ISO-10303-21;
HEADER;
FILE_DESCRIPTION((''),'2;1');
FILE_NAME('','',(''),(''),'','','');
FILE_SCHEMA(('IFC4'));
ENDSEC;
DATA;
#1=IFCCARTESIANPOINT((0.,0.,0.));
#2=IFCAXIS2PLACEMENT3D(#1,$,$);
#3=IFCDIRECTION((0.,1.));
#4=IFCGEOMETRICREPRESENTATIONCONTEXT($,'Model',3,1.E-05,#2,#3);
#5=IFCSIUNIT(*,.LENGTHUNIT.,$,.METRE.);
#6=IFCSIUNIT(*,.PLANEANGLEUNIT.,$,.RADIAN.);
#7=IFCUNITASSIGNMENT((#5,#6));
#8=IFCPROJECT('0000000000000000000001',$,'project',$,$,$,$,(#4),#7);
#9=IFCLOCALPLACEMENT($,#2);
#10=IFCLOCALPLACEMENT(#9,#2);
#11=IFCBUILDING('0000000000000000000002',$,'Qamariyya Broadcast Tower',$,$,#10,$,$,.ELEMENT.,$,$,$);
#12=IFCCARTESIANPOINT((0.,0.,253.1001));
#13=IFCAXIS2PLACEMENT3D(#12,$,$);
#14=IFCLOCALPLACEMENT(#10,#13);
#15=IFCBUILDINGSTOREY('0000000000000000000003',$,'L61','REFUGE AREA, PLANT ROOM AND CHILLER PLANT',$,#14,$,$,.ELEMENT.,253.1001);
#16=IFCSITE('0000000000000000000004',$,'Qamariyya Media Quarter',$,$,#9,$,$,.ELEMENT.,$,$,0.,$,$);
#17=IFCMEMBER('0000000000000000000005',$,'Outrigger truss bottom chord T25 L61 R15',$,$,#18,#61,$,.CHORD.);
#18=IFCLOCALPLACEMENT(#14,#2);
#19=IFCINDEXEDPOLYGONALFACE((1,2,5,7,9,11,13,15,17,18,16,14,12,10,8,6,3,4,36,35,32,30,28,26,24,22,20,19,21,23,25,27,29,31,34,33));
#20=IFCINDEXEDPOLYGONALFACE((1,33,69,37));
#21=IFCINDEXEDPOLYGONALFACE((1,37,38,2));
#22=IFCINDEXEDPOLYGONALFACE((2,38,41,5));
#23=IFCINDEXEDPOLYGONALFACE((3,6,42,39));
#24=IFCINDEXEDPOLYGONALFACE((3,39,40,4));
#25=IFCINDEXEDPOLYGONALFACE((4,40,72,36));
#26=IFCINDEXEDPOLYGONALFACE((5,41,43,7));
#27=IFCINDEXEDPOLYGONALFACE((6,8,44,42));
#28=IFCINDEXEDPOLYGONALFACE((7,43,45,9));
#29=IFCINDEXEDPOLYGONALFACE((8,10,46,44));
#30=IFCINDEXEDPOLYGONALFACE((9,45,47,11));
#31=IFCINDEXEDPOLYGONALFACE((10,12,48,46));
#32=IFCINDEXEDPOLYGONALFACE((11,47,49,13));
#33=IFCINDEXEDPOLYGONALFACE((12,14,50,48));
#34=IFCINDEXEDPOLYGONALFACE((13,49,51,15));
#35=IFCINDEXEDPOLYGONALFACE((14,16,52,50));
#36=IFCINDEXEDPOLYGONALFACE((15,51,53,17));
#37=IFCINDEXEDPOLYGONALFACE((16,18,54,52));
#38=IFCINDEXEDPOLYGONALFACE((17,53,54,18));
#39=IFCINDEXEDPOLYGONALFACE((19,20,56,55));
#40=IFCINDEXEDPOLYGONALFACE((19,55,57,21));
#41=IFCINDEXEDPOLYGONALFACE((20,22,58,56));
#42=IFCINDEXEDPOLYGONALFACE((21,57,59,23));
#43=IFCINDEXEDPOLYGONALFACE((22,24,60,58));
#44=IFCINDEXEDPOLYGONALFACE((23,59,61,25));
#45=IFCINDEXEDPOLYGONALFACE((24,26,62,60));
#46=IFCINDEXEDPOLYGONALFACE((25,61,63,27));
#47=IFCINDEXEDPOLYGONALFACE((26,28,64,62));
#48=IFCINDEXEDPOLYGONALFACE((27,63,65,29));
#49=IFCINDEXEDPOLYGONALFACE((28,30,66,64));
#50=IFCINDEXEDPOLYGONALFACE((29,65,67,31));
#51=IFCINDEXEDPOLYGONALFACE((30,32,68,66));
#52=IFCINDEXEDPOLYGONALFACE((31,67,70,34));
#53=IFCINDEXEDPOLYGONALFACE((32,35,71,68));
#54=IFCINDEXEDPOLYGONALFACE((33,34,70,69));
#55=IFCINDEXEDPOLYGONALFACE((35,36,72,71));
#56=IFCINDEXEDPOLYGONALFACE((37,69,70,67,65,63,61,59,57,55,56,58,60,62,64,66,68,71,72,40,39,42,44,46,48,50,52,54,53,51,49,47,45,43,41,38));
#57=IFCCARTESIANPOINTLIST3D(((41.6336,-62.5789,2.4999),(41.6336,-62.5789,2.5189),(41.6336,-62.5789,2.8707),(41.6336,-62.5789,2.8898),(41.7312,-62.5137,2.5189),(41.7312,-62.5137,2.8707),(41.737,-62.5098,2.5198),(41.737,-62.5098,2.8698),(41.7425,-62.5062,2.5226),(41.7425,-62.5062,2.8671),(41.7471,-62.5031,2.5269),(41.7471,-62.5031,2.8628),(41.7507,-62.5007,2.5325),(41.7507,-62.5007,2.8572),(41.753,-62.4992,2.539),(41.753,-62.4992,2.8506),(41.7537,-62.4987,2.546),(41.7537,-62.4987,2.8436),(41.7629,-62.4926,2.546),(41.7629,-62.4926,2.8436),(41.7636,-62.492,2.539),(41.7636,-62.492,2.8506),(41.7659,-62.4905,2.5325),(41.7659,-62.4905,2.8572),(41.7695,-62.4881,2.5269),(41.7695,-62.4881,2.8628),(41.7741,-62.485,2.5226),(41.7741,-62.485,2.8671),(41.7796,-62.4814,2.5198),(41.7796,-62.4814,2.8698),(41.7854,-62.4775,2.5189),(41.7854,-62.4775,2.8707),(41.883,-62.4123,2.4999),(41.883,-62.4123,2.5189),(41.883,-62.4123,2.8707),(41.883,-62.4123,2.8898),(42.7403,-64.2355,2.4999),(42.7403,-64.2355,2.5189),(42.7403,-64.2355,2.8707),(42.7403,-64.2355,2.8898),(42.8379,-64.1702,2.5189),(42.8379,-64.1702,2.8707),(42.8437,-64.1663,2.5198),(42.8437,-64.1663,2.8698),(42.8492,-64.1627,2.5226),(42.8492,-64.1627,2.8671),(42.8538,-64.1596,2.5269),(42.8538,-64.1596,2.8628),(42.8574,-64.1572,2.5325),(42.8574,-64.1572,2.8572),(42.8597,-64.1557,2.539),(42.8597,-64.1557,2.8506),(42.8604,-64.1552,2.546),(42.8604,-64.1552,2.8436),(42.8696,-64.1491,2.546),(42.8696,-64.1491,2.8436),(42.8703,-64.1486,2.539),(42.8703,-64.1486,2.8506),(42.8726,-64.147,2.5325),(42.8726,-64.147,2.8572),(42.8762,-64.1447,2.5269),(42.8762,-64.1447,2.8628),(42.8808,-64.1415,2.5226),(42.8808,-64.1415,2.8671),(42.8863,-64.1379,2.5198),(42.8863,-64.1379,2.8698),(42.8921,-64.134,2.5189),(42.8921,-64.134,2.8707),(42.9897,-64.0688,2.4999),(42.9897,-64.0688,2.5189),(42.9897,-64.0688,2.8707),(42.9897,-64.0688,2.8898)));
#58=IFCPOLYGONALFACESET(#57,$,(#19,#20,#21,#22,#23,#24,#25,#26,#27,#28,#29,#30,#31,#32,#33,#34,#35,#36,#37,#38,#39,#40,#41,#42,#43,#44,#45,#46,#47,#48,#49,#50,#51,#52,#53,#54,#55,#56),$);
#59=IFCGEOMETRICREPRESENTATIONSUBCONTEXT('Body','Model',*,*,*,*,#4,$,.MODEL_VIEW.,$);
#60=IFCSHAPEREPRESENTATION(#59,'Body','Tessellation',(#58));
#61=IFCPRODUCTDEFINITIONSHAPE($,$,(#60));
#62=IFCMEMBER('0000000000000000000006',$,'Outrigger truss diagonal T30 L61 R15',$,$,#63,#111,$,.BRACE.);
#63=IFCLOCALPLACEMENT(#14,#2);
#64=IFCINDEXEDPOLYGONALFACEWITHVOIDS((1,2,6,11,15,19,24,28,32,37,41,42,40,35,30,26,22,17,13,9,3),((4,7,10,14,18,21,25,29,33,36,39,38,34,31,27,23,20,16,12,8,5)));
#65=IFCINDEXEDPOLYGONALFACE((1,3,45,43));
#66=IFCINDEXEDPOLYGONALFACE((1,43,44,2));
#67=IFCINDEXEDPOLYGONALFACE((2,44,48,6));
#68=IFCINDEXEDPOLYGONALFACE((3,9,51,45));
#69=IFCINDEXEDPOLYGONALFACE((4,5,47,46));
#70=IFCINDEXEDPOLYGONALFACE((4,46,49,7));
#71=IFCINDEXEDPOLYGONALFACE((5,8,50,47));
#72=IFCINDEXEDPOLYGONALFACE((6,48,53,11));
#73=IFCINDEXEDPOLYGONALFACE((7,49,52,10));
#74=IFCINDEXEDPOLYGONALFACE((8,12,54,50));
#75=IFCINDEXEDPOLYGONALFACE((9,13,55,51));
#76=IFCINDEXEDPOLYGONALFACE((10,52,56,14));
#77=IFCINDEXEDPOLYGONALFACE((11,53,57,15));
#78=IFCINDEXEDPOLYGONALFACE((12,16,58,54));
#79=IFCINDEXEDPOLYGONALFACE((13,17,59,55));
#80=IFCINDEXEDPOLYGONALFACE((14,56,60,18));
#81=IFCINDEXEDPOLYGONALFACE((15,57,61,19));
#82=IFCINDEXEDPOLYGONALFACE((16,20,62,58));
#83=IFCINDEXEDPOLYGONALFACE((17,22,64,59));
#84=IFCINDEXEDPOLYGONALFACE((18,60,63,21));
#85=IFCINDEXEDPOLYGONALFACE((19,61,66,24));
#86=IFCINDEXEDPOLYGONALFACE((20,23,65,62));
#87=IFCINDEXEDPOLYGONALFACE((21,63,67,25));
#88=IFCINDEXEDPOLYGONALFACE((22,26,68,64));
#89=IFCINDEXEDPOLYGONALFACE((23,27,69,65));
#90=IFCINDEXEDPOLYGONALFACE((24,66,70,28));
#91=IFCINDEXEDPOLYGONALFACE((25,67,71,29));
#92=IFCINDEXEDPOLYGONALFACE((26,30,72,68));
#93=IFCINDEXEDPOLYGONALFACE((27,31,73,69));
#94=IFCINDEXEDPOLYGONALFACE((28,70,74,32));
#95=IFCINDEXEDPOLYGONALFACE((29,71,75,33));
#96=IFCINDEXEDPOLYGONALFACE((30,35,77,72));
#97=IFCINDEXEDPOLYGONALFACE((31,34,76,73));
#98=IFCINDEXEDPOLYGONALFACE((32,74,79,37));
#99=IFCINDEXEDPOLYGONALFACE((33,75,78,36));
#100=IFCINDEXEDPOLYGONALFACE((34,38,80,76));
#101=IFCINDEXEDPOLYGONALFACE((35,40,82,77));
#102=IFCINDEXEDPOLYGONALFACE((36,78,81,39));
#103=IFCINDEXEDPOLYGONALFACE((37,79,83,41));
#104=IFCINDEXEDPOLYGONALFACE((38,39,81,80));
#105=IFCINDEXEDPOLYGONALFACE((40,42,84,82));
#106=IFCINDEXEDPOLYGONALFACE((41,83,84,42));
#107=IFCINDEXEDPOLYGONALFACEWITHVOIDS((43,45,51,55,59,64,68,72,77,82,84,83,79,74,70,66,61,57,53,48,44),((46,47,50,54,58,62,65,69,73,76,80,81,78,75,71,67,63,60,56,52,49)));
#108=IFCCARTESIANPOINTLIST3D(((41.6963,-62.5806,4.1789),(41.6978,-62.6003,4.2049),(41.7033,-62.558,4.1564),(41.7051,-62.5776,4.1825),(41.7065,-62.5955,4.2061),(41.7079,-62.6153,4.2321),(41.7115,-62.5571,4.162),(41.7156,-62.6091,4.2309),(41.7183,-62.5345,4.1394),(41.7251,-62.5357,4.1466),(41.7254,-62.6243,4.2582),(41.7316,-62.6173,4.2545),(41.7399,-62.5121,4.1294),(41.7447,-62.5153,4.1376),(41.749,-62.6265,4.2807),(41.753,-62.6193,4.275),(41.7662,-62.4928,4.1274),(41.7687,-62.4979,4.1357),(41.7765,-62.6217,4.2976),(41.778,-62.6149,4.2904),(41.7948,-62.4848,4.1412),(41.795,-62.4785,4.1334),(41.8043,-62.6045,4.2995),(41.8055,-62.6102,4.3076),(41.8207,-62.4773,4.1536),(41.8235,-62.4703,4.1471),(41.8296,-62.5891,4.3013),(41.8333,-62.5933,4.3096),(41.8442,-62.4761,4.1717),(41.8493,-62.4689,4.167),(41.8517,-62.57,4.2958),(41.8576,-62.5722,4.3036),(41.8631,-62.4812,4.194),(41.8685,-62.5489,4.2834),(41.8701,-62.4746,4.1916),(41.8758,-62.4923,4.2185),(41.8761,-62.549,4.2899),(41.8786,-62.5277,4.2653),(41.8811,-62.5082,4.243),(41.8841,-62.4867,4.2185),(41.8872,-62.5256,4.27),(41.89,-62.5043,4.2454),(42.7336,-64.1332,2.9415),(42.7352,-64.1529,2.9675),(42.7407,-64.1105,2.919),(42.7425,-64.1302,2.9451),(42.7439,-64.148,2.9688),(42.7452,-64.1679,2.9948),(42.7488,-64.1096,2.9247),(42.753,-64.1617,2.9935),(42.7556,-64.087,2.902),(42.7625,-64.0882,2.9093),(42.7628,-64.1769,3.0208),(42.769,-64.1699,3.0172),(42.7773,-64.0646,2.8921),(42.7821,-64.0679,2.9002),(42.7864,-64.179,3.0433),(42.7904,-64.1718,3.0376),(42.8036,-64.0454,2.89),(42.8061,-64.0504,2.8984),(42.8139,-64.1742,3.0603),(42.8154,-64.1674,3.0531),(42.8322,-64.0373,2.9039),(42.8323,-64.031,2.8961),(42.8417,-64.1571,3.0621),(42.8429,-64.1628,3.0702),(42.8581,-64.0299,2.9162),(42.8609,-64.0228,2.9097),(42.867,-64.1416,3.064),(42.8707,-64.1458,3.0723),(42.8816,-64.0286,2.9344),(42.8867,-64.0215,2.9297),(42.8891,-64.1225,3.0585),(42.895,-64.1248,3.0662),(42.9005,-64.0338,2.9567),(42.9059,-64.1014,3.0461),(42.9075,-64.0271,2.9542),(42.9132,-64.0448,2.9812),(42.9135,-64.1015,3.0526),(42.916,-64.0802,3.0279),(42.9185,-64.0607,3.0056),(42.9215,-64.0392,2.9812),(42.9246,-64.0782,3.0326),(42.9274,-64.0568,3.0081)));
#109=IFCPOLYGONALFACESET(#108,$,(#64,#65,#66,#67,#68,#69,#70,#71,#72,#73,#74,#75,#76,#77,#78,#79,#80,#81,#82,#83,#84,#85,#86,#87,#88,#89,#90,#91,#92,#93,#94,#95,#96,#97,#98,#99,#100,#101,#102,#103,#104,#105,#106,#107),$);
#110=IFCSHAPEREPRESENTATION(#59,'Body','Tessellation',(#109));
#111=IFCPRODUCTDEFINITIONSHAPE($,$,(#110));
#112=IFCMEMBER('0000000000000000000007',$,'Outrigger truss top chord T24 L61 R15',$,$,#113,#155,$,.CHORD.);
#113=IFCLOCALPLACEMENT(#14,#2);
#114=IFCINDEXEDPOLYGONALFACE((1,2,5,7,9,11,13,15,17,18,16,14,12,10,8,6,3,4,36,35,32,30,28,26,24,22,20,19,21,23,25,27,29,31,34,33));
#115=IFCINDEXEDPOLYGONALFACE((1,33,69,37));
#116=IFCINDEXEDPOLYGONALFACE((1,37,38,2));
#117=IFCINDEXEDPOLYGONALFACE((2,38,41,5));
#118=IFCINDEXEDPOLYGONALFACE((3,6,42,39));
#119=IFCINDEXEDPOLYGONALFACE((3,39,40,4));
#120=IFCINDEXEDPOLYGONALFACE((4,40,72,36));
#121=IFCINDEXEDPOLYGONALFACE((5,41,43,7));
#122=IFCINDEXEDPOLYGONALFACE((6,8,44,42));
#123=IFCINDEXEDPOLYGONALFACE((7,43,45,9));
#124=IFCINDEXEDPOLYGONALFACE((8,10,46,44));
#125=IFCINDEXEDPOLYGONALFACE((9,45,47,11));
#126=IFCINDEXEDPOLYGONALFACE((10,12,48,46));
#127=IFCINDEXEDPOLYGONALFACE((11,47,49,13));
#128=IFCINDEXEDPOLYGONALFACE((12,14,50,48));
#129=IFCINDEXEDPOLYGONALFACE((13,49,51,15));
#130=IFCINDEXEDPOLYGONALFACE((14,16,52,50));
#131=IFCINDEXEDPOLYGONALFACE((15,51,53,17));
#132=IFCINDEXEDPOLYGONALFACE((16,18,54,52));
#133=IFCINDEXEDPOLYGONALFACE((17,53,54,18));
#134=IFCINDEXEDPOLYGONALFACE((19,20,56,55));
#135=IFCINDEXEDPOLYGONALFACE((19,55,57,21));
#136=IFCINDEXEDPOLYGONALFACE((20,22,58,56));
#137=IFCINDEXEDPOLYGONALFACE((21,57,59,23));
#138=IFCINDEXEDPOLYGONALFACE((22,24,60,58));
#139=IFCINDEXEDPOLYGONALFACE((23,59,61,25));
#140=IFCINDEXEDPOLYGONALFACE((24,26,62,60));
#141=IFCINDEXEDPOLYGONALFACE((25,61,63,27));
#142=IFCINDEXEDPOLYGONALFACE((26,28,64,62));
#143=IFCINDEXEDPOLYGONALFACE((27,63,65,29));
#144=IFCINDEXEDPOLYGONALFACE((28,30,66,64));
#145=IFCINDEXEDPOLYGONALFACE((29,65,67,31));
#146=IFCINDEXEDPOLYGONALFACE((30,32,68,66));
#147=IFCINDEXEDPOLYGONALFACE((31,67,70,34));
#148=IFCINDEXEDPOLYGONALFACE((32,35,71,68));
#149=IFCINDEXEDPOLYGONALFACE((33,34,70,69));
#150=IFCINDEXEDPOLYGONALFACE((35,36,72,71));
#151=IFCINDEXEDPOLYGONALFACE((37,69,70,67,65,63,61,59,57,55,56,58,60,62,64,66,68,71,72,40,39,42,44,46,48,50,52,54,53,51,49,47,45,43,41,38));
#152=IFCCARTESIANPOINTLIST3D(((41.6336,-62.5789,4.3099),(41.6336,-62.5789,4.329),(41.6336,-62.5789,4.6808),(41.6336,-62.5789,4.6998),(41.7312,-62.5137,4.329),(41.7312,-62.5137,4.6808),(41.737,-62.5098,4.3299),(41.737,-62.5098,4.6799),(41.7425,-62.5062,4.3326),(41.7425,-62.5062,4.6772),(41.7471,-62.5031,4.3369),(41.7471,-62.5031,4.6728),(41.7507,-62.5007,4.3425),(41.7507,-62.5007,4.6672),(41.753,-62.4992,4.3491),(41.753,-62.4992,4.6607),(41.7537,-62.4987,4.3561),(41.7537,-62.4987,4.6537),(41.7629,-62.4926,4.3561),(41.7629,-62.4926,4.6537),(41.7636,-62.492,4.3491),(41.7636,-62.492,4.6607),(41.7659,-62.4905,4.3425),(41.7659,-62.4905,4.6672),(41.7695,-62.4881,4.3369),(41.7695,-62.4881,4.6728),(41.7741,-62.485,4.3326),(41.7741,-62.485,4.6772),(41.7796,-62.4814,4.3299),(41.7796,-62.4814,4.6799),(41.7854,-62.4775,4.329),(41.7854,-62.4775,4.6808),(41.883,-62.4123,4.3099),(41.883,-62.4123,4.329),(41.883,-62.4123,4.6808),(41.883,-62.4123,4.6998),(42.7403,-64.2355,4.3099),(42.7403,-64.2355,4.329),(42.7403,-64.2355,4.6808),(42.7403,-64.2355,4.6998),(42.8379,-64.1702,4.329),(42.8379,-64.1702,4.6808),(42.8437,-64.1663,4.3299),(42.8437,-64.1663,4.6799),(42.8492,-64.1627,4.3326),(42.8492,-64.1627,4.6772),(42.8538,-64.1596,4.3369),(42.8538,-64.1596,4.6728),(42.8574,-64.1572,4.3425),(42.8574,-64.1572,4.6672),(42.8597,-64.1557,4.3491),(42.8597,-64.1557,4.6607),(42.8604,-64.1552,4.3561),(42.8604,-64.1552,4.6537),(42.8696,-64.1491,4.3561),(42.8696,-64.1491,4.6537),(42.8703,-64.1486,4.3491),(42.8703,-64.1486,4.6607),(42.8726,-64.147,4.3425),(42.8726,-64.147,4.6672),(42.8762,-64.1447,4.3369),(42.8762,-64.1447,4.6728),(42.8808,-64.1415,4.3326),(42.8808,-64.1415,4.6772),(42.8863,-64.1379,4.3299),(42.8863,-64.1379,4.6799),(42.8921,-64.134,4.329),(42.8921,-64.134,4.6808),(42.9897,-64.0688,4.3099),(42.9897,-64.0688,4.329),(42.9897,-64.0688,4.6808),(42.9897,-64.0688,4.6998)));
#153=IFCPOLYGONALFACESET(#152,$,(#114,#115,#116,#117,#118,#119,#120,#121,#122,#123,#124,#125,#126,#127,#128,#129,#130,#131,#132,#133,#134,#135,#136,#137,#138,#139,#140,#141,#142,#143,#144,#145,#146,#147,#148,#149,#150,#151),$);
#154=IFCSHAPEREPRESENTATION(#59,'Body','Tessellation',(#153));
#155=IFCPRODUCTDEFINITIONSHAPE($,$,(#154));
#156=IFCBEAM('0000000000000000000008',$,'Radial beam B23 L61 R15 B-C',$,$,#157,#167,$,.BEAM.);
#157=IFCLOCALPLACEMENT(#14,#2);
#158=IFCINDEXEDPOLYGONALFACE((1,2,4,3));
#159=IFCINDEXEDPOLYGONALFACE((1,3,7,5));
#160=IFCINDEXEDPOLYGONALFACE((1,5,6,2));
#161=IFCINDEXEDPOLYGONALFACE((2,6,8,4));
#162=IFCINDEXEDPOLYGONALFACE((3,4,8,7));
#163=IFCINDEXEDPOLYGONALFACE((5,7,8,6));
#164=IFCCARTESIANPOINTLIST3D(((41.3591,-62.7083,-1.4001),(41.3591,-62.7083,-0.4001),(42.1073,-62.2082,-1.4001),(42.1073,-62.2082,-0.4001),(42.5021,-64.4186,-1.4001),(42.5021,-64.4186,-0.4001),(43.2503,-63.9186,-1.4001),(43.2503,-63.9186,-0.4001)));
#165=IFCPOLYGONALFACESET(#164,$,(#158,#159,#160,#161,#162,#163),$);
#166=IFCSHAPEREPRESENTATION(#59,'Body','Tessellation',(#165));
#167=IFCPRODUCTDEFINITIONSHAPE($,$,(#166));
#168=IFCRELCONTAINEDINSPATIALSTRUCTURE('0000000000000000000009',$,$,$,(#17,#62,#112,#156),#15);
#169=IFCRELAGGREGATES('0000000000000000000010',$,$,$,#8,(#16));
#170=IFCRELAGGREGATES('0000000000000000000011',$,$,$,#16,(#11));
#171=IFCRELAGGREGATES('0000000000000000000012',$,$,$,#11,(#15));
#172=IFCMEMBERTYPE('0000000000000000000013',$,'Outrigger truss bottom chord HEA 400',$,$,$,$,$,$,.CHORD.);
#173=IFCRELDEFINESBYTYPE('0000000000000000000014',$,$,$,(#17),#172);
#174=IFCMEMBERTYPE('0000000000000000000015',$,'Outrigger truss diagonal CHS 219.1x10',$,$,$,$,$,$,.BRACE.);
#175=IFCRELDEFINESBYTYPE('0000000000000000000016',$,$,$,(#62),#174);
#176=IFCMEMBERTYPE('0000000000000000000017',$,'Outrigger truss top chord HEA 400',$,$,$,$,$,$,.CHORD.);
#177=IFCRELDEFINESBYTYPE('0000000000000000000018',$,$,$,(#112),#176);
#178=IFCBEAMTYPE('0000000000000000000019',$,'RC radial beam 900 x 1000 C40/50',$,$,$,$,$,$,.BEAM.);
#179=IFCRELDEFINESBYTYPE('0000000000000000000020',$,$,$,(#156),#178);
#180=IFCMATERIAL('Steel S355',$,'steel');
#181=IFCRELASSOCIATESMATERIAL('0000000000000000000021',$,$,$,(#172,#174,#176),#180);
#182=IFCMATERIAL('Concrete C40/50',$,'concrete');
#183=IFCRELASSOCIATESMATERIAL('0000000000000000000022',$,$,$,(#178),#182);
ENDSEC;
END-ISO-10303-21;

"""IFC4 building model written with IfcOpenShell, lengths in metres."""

from ifc_helpers import new_model, si_unit, direction, frame, origin, origin_2d, place, context, subcontext, project, spatial, rectangle, hollow_circle, i_section, extrude, material, material_profile, profile_set, type_object, element, save


model = new_model("IFC4")

# Units and contexts
model_context = context("Model", 3, precision=1e-05, world=origin(), true_north=direction((0.0, 1.0)))
body_context = subcontext(model_context, "Body", "Model", "MODEL_VIEW")
ifc_project = project(units=[si_unit("LENGTHUNIT", "METRE"), si_unit("PLANEANGLEUNIT", "RADIAN")], contexts=[model_context])

# Site, building, storey
site_placement = place(None, origin())
site = spatial("IfcSite", under=ifc_project, at=site_placement, Name="Qamariyya Media Quarter", CompositionType="ELEMENT", RefElevation=0.0)
building_placement = place(site_placement, origin())
building = spatial("IfcBuilding", under=site, at=building_placement, Name="Qamariyya Broadcast Tower", CompositionType="ELEMENT")
storey_placement = place(building_placement, frame((0.0, 0.0, 253.1001)))
storey = spatial("IfcBuildingStorey", under=building, at=storey_placement, Name="L61", Description="REFUGE AREA, PLANT ROOM AND CHILLER PLANT", CompositionType="ELEMENT", Elevation=253.1001)

# Members
ifc_material_1 = material(Name="Steel S355", Category="steel")
ifc_material_profile_1 = material_profile(ifc_material_1, i_section(OverallWidth=0.3, OverallDepth=0.3899, WebThickness=0.011, FlangeThickness=0.019, FilletRadius=0.0271, at=origin_2d()))
ifc_profile_set_1 = profile_set([ifc_material_profile_1], Name="Steel S355")
member_type_1 = type_object("IfcMemberType", Name="Outrigger truss bottom chord HEA 400", PredefinedType="CHORD", material=ifc_profile_set_1)
member_1_placement = place(storey_placement, frame((41.7583, -62.4956, 2.6948), z_axis=(0.55552, -0.831503, 0.0), x_axis=(0.831503, 0.55552, 0.0)))
element("IfcMember", 1, at=member_1_placement, inside=storey, type_object=member_type_1, Name="Outrigger truss bottom chord T25 L61 R15", PredefinedType="CHORD", context=body_context, shape_type="SweptSolid", body=[
    extrude(i_section(OverallWidth=0.3, OverallDepth=0.3899, WebThickness=0.011, FlangeThickness=0.019, FilletRadius=0.0271, at=origin_2d()), origin(), (0.0, 0.0, 1.0), 1.9922),
])
ifc_material_profile_2 = material_profile(ifc_material_1, hollow_circle(Radius=0.1096, WallThickness=0.01, at=origin_2d()))
ifc_profile_set_2 = profile_set([ifc_material_profile_2], Name="Steel S355")
member_type_2 = type_object("IfcMemberType", Name="Outrigger truss diagonal CHS 219.1x10", PredefinedType="BRACE", material=ifc_profile_set_2)
member_2_placement = place(storey_placement, frame((41.793, -62.5476, 4.2185), z_axis=(0.46312, -0.6931, -0.552387), x_axis=(0.831466, 0.555575, 0.0)))
element("IfcMember", 2, at=member_2_placement, inside=storey, type_object=member_type_2, Name="Outrigger truss diagonal T30 L61 R15", PredefinedType="BRACE", context=body_context, shape_type="SweptSolid", body=[
    extrude(hollow_circle(Radius=0.1096, WallThickness=0.01, at=origin_2d()), origin(), (0.0, 0.0, 1.0), 2.24),
])
ifc_material_profile_3 = material_profile(ifc_material_1, i_section(OverallWidth=0.3, OverallDepth=0.3899, WebThickness=0.011, FlangeThickness=0.019, FilletRadius=0.0271, at=origin_2d()))
ifc_profile_set_3 = profile_set([ifc_material_profile_3], Name="Steel S355")
member_type_3 = type_object("IfcMemberType", Name="Outrigger truss top chord HEA 400", PredefinedType="CHORD", material=ifc_profile_set_3)
member_3_placement = place(storey_placement, frame((41.7583, -62.4956, 4.5049), z_axis=(0.55552, -0.831503, 0.0), x_axis=(0.831503, 0.55552, 0.0)))
element("IfcMember", 3, at=member_3_placement, inside=storey, type_object=member_type_3, Name="Outrigger truss top chord T24 L61 R15", PredefinedType="CHORD", context=body_context, shape_type="SweptSolid", body=[
    extrude(i_section(OverallWidth=0.3, OverallDepth=0.3899, WebThickness=0.011, FlangeThickness=0.019, FilletRadius=0.0271, at=origin_2d()), origin(), (0.0, 0.0, 1.0), 1.9922),
])

# Beam
ifc_material_2 = material(Name="Concrete C40/50", Category="concrete")
ifc_material_profile_4 = material_profile(ifc_material_2, rectangle(XDim=0.8999, YDim=1.0, at=origin_2d()))
ifc_profile_set_4 = profile_set([ifc_material_profile_4], Name="Concrete C40/50")
beam_type = type_object("IfcBeamType", Name="RC radial beam 900 x 1000 C40/50", PredefinedType="BEAM", material=ifc_profile_set_4)
beam_placement = place(storey_placement, frame((41.7332, -62.4583, -0.9001), z_axis=(0.555631, -0.831429, 0.0), x_axis=(0.831429, 0.555631, 0.0)))
element("IfcBeam", 4, at=beam_placement, inside=storey, type_object=beam_type, Name="Radial beam B23 L61 R15 B-C", PredefinedType="BEAM", context=body_context, shape_type="SweptSolid", body=[
    extrude(rectangle(XDim=0.8999, YDim=1.0, at=origin_2d()), origin(), (0.0, 0.0, 1.0), 2.0571),
])

save(model, "model.ifc")
